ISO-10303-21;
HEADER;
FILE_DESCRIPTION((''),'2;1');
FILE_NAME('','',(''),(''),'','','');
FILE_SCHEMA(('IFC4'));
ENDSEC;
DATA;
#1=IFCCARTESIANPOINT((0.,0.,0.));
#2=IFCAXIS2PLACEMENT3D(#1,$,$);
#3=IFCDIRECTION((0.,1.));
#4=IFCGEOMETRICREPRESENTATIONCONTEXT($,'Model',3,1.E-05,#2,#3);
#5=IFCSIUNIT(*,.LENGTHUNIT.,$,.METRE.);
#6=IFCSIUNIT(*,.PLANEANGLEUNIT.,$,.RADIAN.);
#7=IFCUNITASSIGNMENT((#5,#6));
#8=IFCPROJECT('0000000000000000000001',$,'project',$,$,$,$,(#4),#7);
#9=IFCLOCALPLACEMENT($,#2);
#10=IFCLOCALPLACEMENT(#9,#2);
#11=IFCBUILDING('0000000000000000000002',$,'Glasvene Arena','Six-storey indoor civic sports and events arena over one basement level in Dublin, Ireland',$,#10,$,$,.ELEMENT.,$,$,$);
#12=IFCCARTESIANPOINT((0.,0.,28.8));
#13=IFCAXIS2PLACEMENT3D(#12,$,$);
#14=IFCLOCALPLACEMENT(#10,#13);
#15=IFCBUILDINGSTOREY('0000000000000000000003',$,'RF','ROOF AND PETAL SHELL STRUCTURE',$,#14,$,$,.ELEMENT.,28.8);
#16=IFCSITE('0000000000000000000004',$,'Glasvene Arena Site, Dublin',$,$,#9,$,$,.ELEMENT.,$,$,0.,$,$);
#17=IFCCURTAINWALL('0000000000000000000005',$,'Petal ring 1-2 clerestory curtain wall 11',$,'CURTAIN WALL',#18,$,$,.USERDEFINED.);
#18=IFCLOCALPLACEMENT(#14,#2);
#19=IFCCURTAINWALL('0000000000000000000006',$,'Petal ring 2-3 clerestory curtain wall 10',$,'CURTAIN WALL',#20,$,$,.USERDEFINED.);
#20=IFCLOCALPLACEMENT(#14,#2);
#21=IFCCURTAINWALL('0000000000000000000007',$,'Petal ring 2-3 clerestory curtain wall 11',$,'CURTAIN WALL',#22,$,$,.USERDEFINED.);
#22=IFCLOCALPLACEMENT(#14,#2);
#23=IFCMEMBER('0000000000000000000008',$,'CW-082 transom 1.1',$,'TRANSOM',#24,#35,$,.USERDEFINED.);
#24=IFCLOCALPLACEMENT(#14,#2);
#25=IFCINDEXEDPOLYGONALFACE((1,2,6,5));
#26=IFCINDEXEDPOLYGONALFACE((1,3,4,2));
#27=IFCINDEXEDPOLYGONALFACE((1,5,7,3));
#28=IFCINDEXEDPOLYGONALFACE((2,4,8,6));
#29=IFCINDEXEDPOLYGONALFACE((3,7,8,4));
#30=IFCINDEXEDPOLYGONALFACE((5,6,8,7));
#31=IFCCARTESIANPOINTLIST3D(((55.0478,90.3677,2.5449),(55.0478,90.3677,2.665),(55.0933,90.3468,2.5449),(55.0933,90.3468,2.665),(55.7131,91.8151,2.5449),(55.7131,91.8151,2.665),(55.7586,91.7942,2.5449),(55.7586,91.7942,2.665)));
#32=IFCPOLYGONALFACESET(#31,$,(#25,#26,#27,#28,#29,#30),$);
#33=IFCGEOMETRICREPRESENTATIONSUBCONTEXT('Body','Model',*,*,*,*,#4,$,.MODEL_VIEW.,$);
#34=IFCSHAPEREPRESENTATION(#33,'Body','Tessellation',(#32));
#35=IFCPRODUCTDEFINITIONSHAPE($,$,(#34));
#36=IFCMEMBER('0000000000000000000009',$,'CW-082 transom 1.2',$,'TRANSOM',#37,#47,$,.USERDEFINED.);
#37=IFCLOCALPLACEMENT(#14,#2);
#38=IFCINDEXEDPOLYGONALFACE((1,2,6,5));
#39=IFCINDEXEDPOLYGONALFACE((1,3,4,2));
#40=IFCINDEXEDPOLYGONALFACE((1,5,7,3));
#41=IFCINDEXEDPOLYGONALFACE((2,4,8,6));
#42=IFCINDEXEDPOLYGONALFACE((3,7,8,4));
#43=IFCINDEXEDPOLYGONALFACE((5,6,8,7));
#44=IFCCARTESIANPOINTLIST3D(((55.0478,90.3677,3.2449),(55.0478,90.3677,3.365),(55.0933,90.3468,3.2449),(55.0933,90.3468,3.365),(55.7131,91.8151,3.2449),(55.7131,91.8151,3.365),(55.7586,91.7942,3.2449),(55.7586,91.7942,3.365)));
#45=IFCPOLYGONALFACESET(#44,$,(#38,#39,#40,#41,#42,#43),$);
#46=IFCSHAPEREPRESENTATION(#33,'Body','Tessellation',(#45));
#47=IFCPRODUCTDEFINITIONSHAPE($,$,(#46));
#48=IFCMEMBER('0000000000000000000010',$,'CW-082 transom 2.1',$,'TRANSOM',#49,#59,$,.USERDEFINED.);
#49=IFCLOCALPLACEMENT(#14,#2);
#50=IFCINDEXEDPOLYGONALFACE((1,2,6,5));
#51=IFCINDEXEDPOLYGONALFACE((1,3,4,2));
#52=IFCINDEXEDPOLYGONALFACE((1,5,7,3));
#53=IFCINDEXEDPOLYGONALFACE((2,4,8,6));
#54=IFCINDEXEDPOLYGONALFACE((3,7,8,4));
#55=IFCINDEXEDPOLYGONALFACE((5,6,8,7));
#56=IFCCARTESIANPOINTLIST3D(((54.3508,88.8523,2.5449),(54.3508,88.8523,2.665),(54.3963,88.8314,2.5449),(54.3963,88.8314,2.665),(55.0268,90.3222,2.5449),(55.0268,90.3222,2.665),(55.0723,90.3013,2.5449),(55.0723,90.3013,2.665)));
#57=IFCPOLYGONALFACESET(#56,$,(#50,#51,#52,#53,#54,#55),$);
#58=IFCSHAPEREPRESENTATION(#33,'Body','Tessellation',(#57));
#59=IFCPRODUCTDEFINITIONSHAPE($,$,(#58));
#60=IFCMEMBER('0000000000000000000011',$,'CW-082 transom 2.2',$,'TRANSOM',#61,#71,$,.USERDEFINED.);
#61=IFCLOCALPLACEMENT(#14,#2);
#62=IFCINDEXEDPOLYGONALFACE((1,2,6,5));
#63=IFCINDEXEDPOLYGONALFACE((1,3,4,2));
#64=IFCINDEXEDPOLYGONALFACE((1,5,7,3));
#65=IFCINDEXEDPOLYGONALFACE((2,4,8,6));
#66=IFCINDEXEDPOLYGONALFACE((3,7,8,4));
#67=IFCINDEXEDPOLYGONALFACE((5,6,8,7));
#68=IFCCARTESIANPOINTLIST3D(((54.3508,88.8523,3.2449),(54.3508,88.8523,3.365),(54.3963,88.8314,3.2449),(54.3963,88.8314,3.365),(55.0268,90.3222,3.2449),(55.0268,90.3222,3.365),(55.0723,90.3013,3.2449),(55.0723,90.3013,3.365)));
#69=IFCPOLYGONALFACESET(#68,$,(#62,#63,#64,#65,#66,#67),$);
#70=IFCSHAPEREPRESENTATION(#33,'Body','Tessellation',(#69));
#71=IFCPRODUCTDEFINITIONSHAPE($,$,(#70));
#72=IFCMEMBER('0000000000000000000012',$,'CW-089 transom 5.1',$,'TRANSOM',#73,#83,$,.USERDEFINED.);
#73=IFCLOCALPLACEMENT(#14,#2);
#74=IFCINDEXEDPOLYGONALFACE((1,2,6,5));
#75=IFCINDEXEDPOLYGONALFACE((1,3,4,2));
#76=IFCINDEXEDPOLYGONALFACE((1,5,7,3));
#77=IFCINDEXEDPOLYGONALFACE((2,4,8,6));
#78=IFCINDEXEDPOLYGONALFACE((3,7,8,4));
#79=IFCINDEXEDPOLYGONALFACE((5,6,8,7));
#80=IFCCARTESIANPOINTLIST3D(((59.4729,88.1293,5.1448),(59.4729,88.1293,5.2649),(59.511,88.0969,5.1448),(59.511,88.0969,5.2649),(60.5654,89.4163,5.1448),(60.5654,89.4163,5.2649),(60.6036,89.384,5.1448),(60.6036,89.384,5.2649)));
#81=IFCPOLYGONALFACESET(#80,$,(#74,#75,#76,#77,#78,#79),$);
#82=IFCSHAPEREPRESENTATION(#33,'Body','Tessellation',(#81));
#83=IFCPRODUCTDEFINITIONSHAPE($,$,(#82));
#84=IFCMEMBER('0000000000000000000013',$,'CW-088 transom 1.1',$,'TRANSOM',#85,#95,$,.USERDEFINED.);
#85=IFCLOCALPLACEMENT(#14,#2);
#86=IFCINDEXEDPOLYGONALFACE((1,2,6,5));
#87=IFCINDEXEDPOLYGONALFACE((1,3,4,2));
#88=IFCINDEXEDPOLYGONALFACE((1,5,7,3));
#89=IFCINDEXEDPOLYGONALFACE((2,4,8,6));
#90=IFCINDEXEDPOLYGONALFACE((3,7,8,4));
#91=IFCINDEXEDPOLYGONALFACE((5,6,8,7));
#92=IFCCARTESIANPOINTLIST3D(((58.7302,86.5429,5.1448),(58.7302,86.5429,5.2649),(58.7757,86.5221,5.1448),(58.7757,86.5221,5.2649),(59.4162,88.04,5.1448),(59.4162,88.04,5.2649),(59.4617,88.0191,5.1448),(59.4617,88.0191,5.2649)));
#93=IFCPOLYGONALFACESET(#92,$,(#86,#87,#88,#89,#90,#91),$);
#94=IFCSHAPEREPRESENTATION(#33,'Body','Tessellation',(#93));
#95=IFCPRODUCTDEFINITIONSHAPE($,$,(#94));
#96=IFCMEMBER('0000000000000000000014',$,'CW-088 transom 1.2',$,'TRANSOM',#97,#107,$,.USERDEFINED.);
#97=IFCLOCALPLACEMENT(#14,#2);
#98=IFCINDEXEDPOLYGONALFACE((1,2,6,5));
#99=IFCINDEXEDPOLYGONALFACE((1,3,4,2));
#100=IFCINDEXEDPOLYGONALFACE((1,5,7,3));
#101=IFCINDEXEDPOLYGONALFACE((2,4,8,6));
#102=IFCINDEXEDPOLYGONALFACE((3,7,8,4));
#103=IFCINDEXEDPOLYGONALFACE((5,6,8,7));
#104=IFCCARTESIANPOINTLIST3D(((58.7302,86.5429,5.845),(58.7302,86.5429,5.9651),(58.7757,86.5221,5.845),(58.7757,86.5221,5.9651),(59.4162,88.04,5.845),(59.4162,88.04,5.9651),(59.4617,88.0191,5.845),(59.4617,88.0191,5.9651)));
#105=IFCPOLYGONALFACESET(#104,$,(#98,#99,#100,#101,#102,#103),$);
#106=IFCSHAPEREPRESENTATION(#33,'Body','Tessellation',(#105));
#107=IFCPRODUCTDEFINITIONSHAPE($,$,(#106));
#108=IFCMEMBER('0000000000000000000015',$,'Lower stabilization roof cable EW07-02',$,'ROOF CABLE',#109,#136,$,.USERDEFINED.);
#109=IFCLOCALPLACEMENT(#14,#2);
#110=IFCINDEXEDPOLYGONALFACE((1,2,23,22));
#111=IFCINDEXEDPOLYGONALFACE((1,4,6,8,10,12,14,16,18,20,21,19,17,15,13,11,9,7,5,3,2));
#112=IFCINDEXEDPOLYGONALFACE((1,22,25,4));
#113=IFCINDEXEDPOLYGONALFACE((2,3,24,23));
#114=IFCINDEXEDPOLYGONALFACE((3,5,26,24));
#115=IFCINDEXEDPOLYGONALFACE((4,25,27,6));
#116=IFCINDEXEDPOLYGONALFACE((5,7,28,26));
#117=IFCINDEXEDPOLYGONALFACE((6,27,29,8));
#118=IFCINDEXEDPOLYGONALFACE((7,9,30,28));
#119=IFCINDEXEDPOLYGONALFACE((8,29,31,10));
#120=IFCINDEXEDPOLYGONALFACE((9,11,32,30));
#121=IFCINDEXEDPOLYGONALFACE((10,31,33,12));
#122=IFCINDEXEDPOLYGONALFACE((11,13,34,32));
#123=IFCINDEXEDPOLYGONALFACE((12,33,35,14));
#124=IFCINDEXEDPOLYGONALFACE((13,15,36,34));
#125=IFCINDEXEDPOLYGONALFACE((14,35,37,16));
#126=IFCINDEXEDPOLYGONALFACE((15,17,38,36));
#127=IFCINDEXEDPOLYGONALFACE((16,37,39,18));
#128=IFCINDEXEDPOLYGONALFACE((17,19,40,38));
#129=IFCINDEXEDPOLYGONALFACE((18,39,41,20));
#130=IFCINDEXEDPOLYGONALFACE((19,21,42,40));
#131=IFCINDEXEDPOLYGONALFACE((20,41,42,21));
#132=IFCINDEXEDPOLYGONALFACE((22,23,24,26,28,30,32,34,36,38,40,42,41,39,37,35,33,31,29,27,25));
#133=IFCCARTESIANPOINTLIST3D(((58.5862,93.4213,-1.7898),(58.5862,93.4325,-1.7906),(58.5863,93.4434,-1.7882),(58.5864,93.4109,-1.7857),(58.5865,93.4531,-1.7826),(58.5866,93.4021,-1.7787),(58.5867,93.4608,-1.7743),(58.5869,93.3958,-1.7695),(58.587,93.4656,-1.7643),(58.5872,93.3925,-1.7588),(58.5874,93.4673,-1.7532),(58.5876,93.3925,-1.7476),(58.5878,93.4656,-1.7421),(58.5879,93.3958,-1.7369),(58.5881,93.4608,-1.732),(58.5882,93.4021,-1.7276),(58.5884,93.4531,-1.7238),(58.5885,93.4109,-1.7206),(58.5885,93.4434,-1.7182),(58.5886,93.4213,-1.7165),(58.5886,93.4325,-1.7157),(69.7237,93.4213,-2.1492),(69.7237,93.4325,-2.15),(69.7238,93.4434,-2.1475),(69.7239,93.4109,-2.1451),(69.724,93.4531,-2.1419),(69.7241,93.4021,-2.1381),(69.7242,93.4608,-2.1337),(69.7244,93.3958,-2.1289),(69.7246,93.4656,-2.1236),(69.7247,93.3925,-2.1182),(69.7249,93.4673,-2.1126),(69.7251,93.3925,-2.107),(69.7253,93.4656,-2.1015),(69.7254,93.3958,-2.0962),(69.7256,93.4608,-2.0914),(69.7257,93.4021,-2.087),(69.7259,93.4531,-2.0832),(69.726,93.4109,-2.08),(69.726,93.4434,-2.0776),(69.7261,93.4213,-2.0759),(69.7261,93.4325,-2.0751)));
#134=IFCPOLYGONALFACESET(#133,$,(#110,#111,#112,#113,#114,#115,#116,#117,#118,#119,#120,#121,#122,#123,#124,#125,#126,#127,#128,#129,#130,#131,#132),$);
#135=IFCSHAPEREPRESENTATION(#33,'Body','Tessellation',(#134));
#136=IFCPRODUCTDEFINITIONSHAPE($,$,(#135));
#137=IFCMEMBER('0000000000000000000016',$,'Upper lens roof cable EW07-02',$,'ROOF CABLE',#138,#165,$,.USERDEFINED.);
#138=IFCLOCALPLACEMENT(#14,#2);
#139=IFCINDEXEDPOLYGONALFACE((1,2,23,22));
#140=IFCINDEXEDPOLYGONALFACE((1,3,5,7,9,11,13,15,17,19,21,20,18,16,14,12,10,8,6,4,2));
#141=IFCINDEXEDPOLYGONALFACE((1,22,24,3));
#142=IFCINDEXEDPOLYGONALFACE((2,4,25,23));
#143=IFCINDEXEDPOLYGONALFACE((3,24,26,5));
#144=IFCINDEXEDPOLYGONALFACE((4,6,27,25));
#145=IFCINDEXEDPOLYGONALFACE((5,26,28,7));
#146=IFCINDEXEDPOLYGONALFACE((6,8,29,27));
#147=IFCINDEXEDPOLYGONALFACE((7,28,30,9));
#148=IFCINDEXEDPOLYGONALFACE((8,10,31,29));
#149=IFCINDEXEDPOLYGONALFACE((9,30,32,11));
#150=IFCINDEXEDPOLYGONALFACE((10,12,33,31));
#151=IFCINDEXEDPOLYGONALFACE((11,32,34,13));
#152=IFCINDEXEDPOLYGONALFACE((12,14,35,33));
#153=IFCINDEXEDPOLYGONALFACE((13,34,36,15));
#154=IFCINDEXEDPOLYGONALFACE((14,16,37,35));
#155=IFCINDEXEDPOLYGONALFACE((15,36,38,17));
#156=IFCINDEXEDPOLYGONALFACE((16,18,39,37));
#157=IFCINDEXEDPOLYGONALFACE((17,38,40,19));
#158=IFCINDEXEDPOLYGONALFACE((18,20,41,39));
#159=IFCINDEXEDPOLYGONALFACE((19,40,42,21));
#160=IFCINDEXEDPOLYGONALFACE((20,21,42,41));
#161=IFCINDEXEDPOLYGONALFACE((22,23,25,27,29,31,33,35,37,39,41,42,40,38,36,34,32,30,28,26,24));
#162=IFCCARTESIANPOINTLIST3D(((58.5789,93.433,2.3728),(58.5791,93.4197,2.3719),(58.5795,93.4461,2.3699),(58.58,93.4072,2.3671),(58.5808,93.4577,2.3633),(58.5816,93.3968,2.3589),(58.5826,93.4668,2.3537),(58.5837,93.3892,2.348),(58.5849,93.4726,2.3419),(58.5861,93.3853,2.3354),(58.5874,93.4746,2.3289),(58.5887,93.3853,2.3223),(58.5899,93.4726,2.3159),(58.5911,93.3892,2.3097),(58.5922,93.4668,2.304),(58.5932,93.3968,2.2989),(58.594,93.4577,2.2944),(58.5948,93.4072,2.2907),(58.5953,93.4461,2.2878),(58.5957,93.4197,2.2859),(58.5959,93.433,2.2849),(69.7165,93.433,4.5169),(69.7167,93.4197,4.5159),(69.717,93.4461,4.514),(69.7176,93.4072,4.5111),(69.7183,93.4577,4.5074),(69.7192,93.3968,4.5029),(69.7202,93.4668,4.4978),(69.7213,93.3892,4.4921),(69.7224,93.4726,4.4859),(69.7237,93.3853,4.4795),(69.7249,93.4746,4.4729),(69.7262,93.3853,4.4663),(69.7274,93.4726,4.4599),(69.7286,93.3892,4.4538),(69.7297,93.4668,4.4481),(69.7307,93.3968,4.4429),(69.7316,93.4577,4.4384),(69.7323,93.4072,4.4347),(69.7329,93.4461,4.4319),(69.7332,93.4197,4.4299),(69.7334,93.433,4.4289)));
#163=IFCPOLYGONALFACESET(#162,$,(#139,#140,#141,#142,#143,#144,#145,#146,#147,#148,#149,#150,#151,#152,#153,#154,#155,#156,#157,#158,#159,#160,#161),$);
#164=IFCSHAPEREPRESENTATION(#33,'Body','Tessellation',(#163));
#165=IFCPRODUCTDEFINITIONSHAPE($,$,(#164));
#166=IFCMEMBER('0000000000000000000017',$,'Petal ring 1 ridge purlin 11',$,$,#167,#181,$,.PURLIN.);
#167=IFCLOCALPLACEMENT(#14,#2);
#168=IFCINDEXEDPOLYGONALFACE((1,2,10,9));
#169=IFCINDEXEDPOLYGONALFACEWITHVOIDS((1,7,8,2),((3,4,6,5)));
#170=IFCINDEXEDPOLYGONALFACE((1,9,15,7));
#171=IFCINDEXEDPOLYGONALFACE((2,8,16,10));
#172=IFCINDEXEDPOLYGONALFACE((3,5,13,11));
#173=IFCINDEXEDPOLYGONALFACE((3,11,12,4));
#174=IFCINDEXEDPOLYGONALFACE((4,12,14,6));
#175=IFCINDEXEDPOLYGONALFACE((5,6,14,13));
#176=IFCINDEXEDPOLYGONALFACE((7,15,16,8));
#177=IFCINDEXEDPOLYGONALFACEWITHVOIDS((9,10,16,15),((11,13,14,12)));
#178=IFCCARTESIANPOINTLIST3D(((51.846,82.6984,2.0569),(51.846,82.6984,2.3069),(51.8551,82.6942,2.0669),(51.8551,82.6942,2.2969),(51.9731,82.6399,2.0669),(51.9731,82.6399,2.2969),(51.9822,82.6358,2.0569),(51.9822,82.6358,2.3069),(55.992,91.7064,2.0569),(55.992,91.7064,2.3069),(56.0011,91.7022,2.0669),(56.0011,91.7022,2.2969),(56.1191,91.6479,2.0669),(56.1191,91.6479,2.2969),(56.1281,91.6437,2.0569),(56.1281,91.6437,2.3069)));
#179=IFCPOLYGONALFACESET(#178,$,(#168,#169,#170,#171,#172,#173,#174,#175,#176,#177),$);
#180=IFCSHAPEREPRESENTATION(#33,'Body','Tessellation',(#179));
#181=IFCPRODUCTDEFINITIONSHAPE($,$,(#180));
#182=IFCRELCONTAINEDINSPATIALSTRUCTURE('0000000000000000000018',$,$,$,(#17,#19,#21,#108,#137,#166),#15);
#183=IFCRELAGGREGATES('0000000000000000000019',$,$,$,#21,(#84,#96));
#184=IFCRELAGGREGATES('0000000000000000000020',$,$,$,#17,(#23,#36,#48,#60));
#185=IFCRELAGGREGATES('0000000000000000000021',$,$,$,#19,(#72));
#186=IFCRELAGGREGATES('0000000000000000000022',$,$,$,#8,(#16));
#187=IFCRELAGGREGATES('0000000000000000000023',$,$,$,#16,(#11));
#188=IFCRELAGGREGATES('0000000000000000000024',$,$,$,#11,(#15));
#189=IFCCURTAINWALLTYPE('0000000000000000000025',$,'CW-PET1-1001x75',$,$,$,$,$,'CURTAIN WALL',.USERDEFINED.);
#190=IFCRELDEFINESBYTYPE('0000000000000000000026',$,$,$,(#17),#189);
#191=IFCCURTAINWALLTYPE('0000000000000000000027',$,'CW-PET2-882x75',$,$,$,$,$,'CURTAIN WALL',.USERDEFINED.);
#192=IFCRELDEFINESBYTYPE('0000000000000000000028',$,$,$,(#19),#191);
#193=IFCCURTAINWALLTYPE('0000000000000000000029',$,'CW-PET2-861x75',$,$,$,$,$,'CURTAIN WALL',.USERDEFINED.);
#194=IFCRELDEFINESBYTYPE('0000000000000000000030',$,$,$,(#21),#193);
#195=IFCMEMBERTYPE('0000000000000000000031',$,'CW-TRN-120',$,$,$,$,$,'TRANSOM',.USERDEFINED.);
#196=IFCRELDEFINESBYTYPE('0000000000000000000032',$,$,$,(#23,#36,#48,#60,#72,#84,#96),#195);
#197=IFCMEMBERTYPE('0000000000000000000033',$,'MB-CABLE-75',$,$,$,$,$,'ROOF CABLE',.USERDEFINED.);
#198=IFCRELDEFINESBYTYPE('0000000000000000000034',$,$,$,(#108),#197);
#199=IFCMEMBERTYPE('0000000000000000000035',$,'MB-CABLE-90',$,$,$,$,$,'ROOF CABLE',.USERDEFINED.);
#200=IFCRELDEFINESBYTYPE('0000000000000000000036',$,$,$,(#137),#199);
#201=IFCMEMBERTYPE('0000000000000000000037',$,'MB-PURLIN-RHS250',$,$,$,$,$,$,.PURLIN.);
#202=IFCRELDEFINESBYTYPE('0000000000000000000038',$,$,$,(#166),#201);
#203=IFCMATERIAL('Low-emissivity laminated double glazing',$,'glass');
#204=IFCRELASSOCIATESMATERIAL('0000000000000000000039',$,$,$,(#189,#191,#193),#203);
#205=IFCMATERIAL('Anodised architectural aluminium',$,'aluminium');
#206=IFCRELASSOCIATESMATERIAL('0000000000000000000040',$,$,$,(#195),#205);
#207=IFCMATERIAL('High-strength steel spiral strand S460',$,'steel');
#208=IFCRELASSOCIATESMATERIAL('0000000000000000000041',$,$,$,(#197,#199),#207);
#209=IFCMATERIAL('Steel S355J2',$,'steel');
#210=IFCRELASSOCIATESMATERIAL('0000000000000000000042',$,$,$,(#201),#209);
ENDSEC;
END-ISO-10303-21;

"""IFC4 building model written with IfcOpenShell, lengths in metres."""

from ifc_helpers import new_model, si_unit, direction, frame, origin, origin_2d, place, context, subcontext, project, spatial, rectangle, hollow_rectangle, circle, extrude, material, material_profile, profile_set, type_object, element, aggregate, save


model = new_model("IFC4")

# Units and contexts
model_context = context("Model", 3, precision=1e-05, world=origin(), true_north=direction((0.0, 1.0)))
body_context = subcontext(model_context, "Body", "Model", "MODEL_VIEW")
ifc_project = project(units=[si_unit("LENGTHUNIT", "METRE"), si_unit("PLANEANGLEUNIT", "RADIAN")], contexts=[model_context])

# Site, building, storey
site_placement = place(None, origin())
site = spatial("IfcSite", under=ifc_project, at=site_placement, Name="Glasvene Arena Site, Dublin", CompositionType="ELEMENT", RefElevation=0.0)
building_placement = place(site_placement, origin())
building = spatial("IfcBuilding", under=site, at=building_placement, Name="Glasvene Arena", Description="Six-storey indoor civic sports and events arena over one basement level in Dublin, Ireland", CompositionType="ELEMENT")
storey_placement = place(building_placement, frame((0.0, 0.0, 28.8)))
storey = spatial("IfcBuildingStorey", under=building, at=storey_placement, Name="RF", Description="ROOF AND PETAL SHELL STRUCTURE", CompositionType="ELEMENT", Elevation=28.8)

# Curtain wall
ifc_material_1 = material(Name="Low-emissivity laminated double glazing", Category="glass")
ifc_material_2 = material(Name="Anodised architectural aluminium", Category="aluminium")
curtain_wall_type_1 = type_object("IfcCurtainWallType", Name="CW-PET1-1001x75", ElementType="CURTAIN WALL", PredefinedType="USERDEFINED", material=ifc_material_1)
curtain_wall_1_placement = place(storey_placement, frame((55.7568, 91.8501, 0.0)))
curtain_wall_1 = element("IfcCurtainWall", 1, at=curtain_wall_1_placement, inside=storey, type_object=curtain_wall_type_1, Name="Petal ring 1-2 clerestory curtain wall 11", ObjectType="CURTAIN WALL", PredefinedType="USERDEFINED")

# Curtain walls
curtain_wall_type_2 = type_object("IfcCurtainWallType", Name="CW-PET2-882x75", ElementType="CURTAIN WALL", PredefinedType="USERDEFINED", material=ifc_material_1)
curtain_wall_2_placement = place(storey_placement, frame((65.1648, 94.7957, 0.0)))
curtain_wall_2 = element("IfcCurtainWall", 2, at=curtain_wall_2_placement, inside=storey, type_object=curtain_wall_type_2, Name="Petal ring 2-3 clerestory curtain wall 10", ObjectType="CURTAIN WALL", PredefinedType="USERDEFINED")
curtain_wall_type_3 = type_object("IfcCurtainWallType", Name="CW-PET2-861x75", ElementType="CURTAIN WALL", PredefinedType="USERDEFINED", material=ifc_material_1)
curtain_wall_3_placement = place(storey_placement, frame((59.4597, 88.075, 0.0)))
curtain_wall_3 = element("IfcCurtainWall", 3, at=curtain_wall_3_placement, inside=storey, type_object=curtain_wall_type_3, Name="Petal ring 2-3 clerestory curtain wall 11", ObjectType="CURTAIN WALL", PredefinedType="USERDEFINED")

# Members
ifc_material_profile_1 = material_profile(ifc_material_2, rectangle(XDim=0.05, YDim=0.1201, at=origin_2d()), Name="ALU TRANSOM 50x120")
ifc_profile_set_1 = profile_set([ifc_material_profile_1], Name="Anodised architectural aluminium")
member_type_1 = type_object("IfcMemberType", Name="CW-TRN-120", ElementType="TRANSOM", PredefinedType="USERDEFINED", material=ifc_profile_set_1)
member_1_placement = place(storey_placement, frame((55.7358, 91.8047, 2.605), z_axis=(-0.41761, -0.908627, 0.0), x_axis=(0.908627, -0.41761, 0.0)))
member_1 = element("IfcMember", 4, at=member_1_placement, type_object=member_type_1, Name="CW-082 transom 1.1", ObjectType="TRANSOM", PredefinedType="USERDEFINED", context=body_context, shape_type="SweptSolid", body=[
    extrude(rectangle(XDim=0.05, YDim=0.1201, at=origin_2d()), origin(), (0.0, 0.0, 1.0), 1.593),
])
member_2_placement = place(storey_placement, frame((55.7358, 91.8047, 3.3049), z_axis=(-0.41761, -0.908627, 0.0), x_axis=(0.908627, -0.41761, 0.0)))
member_2 = element("IfcMember", 5, at=member_2_placement, type_object=member_type_1, Name="CW-082 transom 1.2", ObjectType="TRANSOM", PredefinedType="USERDEFINED", context=body_context, shape_type="SweptSolid", body=[
    extrude(rectangle(XDim=0.05, YDim=0.1201, at=origin_2d()), origin(), (0.0, 0.0, 1.0), 1.593),
])
member_3_placement = place(storey_placement, frame((55.0496, 90.3118, 2.605), z_axis=(-0.417823, -0.908528, 0.0), x_axis=(0.908528, -0.417823, 0.0)))
member_3 = element("IfcMember", 6, at=member_3_placement, type_object=member_type_1, Name="CW-082 transom 2.1", ObjectType="TRANSOM", PredefinedType="USERDEFINED", context=body_context, shape_type="SweptSolid", body=[
    extrude(rectangle(XDim=0.05, YDim=0.1201, at=origin_2d()), origin(), (0.0, 0.0, 1.0), 1.6179),
])
member_4_placement = place(storey_placement, frame((55.0496, 90.3118, 3.3049), z_axis=(-0.417823, -0.908528, 0.0), x_axis=(0.908528, -0.417823, 0.0)))
member_4 = element("IfcMember", 7, at=member_4_placement, type_object=member_type_1, Name="CW-082 transom 2.2", ObjectType="TRANSOM", PredefinedType="USERDEFINED", context=body_context, shape_type="SweptSolid", body=[
    extrude(rectangle(XDim=0.05, YDim=0.1201, at=origin_2d()), origin(), (0.0, 0.0, 1.0), 1.6179),
])
member_5_placement = place(storey_placement, frame((60.5845, 89.4001, 5.2048), z_axis=(-0.647128, -0.762382, 0.0), x_axis=(0.762382, -0.647128, 0.0)))
member_5 = element("IfcMember", 8, at=member_5_placement, type_object=member_type_1, Name="CW-089 transom 5.1", ObjectType="TRANSOM", PredefinedType="USERDEFINED", context=body_context, shape_type="SweptSolid", body=[
    extrude(rectangle(XDim=0.05, YDim=0.1201, at=origin_2d()), origin(), (0.0, 0.0, 1.0), 1.6882),
])
member_6_placement = place(storey_placement, frame((59.439, 88.0295, 5.2048), z_axis=(-0.416593, -0.909093, 0.0), x_axis=(0.909093, -0.416593, 0.0)))
member_6 = element("IfcMember", 9, at=member_6_placement, type_object=member_type_1, Name="CW-088 transom 1.1", ObjectType="TRANSOM", PredefinedType="USERDEFINED", context=body_context, shape_type="SweptSolid", body=[
    extrude(rectangle(XDim=0.05, YDim=0.1201, at=origin_2d()), origin(), (0.0, 0.0, 1.0), 1.6467),
])
member_7_placement = place(storey_placement, frame((59.439, 88.0295, 5.905), z_axis=(-0.416593, -0.909093, 0.0), x_axis=(0.909093, -0.416593, 0.0)))
member_7 = element("IfcMember", 10, at=member_7_placement, type_object=member_type_1, Name="CW-088 transom 1.2", ObjectType="TRANSOM", PredefinedType="USERDEFINED", context=body_context, shape_type="SweptSolid", body=[
    extrude(rectangle(XDim=0.05, YDim=0.1201, at=origin_2d()), origin(), (0.0, 0.0, 1.0), 1.6467),
])
aggregate(curtain_wall_3, [member_6, member_7])

# Members
ifc_material_3 = material(Name="High-strength steel spiral strand S460", Category="steel")
ifc_material_profile_2 = material_profile(ifc_material_3, circle(Radius=0.0376, at=origin_2d()), Name="LCSS D75")
ifc_profile_set_2 = profile_set([ifc_material_profile_2], Name="High-strength steel spiral strand S460")
member_type_2 = type_object("IfcMemberType", Name="MB-CABLE-75", ElementType="ROOF CABLE", PredefinedType="USERDEFINED", material=ifc_profile_set_2)
member_8_placement = place(storey_placement, frame((58.5874, 93.4297, -1.7532), z_axis=(0.99948, 0.0, -0.03225), x_axis=(0.0, 1.0, 0.0)))
element("IfcMember", 11, at=member_8_placement, inside=storey, type_object=member_type_2, Name="Lower stabilization roof cable EW07-02", ObjectType="ROOF CABLE", PredefinedType="USERDEFINED", context=body_context, shape_type="SweptSolid", body=[
    extrude(circle(Radius=0.0376, at=origin_2d()), origin(), (0.0, 0.0, 1.0), 11.1433),
])
ifc_material_profile_3 = material_profile(ifc_material_3, circle(Radius=0.0449, at=origin_2d()), Name="LCSS D90")
ifc_profile_set_3 = profile_set([ifc_material_profile_3], Name="High-strength steel spiral strand S460")
member_type_3 = type_object("IfcMemberType", Name="MB-CABLE-90", ElementType="ROOF CABLE", PredefinedType="USERDEFINED", material=ifc_profile_set_3)
member_9_placement = place(storey_placement, frame((58.5874, 93.4297, 2.3289), z_axis=(0.98197, 0.0, 0.189037), x_axis=(0.0, 1.0, 0.0)))
element("IfcMember", 12, at=member_9_placement, inside=storey, type_object=member_type_3, Name="Upper lens roof cable EW07-02", ObjectType="ROOF CABLE", PredefinedType="USERDEFINED", context=body_context, shape_type="SweptSolid", body=[
    extrude(circle(Radius=0.0449, at=origin_2d()), origin(), (0.0, 0.0, 1.0), 11.342),
])
ifc_material_4 = material(Name="Steel S355J2", Category="steel")
ifc_material_profile_4 = material_profile(ifc_material_4, hollow_rectangle(XDim=0.1499, YDim=0.25, WallThickness=0.01, at=origin_2d()), Name="RHS 250x150x10.0")
ifc_profile_set_4 = profile_set([ifc_material_profile_4], Name="Steel S355J2")
member_type_4 = type_object("IfcMemberType", Name="MB-PURLIN-RHS250", PredefinedType="PURLIN", material=ifc_profile_set_4)
member_10_placement = place(storey_placement, frame((56.0601, 91.675, 2.1819), z_axis=(-0.418096, -0.908403, 0.0), x_axis=(0.908403, -0.418096, 0.0)))
element("IfcMember", 13, at=member_10_placement, inside=storey, type_object=member_type_4, Name="Petal ring 1 ridge purlin 11", PredefinedType="PURLIN", context=body_context, shape_type="SweptSolid", body=[
    extrude(hollow_rectangle(XDim=0.1499, YDim=0.25, WallThickness=0.01, at=origin_2d()), origin(), (0.0, 0.0, 1.0), 9.9163),
])

aggregate(curtain_wall_1, [member_1, member_2, member_3, member_4])
aggregate(curtain_wall_2, [member_5])

save(model, "model.ifc")
